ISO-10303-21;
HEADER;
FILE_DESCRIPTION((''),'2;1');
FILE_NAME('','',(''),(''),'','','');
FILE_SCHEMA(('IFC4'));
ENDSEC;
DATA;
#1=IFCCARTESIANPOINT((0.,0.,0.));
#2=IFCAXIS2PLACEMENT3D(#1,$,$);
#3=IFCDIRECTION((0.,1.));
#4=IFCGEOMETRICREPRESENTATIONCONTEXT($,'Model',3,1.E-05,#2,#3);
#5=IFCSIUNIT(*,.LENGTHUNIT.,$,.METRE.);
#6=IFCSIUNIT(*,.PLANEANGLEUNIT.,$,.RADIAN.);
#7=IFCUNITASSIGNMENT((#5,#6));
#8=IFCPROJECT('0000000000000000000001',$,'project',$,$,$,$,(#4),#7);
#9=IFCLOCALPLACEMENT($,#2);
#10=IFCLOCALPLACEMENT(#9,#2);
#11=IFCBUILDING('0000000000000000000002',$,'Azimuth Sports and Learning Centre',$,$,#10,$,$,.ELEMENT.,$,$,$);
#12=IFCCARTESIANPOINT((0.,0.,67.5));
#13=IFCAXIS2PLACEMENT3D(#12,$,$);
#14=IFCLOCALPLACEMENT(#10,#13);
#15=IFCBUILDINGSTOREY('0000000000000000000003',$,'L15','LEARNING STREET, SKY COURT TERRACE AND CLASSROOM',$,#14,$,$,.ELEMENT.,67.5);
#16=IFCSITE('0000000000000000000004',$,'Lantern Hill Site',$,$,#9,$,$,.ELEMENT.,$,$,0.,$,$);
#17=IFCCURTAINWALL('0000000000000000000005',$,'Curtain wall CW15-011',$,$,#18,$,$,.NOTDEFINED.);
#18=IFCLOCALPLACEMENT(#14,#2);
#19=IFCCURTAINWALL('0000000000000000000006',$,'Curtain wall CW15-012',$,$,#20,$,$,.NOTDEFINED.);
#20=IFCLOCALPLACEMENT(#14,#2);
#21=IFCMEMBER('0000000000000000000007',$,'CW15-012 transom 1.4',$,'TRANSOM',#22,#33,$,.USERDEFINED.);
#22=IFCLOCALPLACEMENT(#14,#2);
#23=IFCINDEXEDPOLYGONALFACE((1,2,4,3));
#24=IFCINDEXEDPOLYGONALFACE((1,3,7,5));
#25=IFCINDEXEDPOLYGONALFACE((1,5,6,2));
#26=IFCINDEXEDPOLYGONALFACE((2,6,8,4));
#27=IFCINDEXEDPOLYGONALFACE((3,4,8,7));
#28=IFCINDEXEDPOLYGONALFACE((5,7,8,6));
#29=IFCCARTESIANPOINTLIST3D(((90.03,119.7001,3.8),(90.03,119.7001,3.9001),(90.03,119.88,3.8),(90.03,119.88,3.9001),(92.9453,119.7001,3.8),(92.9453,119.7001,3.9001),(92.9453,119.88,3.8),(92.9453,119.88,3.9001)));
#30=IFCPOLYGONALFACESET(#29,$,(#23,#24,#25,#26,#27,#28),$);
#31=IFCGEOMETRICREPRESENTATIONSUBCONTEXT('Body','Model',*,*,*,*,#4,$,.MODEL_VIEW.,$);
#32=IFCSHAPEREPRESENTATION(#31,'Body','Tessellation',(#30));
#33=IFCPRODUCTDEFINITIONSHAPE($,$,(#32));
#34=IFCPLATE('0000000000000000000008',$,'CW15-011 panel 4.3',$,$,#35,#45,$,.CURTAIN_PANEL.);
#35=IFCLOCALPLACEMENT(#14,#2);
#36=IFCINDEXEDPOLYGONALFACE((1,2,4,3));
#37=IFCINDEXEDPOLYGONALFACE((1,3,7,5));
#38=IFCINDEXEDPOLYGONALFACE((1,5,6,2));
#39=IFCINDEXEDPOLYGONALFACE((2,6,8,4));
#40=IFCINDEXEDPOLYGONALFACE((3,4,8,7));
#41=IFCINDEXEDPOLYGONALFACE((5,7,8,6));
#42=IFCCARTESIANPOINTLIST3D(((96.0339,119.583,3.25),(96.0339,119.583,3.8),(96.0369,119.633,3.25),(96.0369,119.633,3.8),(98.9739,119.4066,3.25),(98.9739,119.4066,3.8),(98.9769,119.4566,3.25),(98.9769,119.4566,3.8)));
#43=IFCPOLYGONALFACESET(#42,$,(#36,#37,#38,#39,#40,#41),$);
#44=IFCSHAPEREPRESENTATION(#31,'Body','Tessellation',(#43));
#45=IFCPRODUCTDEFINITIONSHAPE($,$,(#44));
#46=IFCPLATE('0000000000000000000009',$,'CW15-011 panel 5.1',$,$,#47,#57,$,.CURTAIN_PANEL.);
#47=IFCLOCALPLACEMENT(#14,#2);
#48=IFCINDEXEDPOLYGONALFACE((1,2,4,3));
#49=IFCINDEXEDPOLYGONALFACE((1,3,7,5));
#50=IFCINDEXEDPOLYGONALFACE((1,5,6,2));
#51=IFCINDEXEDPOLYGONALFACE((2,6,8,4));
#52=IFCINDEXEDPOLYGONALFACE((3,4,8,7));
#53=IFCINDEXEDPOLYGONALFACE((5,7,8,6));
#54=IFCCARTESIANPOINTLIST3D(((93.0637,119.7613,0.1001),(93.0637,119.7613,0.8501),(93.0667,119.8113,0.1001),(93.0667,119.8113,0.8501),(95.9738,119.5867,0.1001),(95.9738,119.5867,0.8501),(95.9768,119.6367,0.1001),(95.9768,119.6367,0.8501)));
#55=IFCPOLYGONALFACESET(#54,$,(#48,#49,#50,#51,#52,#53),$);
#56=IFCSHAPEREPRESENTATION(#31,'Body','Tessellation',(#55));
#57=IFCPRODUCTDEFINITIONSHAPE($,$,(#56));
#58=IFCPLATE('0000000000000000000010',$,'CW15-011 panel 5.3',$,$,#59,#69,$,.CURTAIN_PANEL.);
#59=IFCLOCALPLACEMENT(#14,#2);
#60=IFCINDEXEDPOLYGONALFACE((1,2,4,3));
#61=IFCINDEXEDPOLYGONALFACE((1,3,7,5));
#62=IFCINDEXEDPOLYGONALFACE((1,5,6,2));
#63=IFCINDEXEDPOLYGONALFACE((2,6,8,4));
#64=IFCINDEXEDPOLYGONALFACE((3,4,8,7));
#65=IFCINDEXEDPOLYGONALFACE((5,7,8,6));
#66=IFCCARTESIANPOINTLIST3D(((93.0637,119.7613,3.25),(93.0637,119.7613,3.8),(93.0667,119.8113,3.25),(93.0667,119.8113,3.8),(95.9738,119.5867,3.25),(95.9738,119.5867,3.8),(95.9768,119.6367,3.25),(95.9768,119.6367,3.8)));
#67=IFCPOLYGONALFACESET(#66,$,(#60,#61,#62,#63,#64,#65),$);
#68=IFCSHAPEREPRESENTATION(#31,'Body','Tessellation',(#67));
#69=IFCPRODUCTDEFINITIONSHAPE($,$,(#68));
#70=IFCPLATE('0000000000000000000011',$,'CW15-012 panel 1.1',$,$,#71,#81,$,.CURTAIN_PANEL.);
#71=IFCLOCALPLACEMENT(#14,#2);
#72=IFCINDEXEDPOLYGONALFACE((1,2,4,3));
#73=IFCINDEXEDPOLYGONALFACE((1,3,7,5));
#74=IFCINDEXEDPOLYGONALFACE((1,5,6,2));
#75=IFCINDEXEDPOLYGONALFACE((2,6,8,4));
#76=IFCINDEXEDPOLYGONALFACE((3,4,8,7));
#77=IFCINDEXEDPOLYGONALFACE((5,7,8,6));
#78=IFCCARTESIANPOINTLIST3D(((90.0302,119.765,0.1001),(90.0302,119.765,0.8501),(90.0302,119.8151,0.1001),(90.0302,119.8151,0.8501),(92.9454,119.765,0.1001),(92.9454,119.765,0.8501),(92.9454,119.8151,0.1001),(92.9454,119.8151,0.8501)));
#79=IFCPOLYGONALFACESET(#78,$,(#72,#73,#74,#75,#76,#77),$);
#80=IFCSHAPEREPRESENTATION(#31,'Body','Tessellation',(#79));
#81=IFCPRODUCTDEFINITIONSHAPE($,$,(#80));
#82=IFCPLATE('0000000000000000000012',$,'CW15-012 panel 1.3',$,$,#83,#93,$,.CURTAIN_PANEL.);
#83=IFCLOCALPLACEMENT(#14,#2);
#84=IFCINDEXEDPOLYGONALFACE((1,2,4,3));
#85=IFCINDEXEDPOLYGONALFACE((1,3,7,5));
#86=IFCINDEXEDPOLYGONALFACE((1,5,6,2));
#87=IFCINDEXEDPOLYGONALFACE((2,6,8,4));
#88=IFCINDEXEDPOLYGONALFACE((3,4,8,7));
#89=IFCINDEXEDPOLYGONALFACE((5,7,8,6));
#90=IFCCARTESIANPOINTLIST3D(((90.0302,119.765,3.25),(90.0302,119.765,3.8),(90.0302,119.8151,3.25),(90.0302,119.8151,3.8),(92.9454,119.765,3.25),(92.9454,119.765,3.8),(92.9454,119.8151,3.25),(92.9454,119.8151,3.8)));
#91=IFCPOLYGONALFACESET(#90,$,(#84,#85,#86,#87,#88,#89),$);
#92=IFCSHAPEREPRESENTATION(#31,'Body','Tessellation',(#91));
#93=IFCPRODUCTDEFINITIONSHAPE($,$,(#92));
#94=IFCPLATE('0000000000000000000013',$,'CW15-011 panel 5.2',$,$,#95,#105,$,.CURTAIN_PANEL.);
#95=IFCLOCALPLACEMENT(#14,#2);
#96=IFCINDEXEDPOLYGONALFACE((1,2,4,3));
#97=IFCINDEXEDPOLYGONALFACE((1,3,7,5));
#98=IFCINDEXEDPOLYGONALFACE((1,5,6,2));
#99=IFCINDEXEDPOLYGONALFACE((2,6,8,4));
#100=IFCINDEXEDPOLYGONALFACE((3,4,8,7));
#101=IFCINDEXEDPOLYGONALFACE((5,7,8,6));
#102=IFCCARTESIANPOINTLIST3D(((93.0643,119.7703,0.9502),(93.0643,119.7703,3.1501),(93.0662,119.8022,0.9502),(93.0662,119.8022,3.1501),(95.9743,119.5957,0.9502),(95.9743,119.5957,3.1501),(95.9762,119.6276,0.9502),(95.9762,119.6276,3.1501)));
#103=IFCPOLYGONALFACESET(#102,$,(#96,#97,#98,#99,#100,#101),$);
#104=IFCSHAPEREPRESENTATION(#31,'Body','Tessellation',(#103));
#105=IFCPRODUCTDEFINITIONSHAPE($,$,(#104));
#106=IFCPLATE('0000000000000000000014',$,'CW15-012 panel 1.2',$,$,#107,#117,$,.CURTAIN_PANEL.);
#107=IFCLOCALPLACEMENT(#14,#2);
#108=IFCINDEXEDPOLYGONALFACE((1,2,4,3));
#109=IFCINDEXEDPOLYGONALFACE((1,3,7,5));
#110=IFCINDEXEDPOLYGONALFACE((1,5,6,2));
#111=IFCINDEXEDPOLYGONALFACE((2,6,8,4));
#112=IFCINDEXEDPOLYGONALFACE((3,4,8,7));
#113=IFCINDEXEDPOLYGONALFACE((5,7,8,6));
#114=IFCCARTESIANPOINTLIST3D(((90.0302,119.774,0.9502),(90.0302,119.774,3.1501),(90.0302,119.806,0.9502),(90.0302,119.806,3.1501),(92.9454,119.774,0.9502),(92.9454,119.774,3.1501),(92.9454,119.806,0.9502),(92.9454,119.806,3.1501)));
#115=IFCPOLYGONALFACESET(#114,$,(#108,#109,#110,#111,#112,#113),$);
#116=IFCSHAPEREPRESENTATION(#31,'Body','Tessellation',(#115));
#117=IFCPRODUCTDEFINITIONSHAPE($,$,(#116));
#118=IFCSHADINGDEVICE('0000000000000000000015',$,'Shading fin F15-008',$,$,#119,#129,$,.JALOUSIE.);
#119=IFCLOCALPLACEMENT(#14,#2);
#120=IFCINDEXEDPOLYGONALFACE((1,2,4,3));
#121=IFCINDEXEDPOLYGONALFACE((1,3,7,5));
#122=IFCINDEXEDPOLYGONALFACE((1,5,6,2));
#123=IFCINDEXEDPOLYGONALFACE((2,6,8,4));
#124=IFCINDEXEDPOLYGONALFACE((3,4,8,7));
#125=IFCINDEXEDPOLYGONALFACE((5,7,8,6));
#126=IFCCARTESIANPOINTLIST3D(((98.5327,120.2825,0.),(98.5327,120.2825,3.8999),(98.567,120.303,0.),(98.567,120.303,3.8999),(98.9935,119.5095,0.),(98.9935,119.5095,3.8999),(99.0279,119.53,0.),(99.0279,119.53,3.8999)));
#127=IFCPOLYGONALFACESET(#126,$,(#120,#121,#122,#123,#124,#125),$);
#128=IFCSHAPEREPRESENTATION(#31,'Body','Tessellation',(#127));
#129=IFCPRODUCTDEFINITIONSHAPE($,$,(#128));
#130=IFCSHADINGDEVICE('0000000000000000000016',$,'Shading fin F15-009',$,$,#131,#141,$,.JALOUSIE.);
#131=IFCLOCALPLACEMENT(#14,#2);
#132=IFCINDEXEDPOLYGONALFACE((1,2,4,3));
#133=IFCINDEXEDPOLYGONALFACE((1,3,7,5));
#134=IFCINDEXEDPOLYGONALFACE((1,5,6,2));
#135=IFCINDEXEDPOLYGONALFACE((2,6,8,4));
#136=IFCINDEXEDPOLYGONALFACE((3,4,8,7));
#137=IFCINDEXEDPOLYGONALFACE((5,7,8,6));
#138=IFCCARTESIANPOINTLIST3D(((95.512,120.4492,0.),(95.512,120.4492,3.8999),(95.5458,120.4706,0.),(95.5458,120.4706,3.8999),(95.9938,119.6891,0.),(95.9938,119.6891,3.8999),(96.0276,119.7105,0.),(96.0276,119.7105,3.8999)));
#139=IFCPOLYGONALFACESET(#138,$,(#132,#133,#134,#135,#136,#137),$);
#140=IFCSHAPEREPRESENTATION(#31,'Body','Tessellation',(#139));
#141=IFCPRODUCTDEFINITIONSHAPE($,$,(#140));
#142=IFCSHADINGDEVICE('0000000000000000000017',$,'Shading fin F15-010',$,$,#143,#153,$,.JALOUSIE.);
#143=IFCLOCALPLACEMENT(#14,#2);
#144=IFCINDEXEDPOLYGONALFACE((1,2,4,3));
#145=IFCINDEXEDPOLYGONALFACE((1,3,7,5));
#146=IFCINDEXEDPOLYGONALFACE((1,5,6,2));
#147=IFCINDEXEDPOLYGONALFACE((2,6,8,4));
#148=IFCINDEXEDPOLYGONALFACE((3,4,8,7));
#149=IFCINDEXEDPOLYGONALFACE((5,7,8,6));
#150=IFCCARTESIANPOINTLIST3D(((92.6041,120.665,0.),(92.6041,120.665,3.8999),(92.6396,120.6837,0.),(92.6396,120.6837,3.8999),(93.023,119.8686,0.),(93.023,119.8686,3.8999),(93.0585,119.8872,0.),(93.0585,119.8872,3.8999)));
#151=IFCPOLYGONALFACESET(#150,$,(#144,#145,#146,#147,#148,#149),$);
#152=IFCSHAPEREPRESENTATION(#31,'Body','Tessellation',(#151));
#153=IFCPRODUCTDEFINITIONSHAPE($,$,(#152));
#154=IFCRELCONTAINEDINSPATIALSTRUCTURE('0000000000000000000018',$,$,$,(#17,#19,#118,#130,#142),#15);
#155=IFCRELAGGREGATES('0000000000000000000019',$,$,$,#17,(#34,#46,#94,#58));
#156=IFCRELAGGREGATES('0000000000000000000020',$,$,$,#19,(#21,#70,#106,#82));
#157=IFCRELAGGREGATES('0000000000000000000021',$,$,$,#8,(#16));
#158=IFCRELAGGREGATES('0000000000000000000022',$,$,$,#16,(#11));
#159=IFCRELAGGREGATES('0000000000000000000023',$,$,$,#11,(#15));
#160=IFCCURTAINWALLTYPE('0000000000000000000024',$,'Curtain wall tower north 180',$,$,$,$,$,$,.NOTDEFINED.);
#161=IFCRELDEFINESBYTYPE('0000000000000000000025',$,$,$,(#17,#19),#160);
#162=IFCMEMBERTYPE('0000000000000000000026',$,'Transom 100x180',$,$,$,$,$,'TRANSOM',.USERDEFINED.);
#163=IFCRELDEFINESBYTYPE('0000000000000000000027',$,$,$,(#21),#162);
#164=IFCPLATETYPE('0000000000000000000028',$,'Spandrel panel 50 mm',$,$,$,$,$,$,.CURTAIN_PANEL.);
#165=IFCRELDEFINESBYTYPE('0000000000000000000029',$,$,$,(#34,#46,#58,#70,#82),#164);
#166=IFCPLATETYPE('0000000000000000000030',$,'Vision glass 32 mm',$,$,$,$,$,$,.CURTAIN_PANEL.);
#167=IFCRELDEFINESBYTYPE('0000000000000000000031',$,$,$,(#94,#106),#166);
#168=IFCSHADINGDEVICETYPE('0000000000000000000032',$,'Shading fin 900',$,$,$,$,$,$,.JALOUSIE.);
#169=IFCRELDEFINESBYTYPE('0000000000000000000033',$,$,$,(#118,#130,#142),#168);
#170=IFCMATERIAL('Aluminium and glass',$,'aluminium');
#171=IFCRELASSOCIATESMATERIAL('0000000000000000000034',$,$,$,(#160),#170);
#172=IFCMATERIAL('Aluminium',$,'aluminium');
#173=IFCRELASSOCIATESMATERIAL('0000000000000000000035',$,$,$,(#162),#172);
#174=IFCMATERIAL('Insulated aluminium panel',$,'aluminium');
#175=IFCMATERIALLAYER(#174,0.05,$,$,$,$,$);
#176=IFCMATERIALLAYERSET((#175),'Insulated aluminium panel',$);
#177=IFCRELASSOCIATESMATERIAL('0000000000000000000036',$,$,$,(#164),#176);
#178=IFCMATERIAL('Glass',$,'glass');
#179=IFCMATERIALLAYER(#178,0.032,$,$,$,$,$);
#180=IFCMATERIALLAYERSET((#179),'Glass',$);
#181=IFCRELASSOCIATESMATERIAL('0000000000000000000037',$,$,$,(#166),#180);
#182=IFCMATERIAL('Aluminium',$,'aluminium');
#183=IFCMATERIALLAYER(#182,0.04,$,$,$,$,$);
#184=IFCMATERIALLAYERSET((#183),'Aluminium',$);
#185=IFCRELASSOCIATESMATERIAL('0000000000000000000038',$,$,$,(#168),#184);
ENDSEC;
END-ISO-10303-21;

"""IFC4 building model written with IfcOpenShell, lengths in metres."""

from ifc_helpers import new_model, si_unit, direction, frame, origin, origin_2d, place, context, subcontext, project, spatial, rectangle, extrude, material, layer, layer_set, material_profile, profile_set, type_object, element, aggregate, save


model = new_model("IFC4")

# Units and contexts
model_context = context("Model", 3, precision=1e-05, world=origin(), true_north=direction((0.0, 1.0)))
body_context = subcontext(model_context, "Body", "Model", "MODEL_VIEW")
ifc_project = project(units=[si_unit("LENGTHUNIT", "METRE"), si_unit("PLANEANGLEUNIT", "RADIAN")], contexts=[model_context])

# Site, building, storey
site_placement = place(None, origin())
site = spatial("IfcSite", under=ifc_project, at=site_placement, Name="Lantern Hill Site", CompositionType="ELEMENT", RefElevation=0.0)
building_placement = place(site_placement, origin())
building = spatial("IfcBuilding", under=site, at=building_placement, Name="Azimuth Sports and Learning Centre", CompositionType="ELEMENT")
storey_placement = place(building_placement, frame((0.0, 0.0, 67.5)))
storey = spatial("IfcBuildingStorey", under=building, at=storey_placement, Name="L15", Description="LEARNING STREET, SKY COURT TERRACE AND CLASSROOM", CompositionType="ELEMENT", Elevation=67.5)

# Curtain wall
ifc_material_1 = material(Name="Aluminium and glass", Category="aluminium")
curtain_wall_type = type_object("IfcCurtainWallType", Name="Curtain wall tower north 180", PredefinedType="NOTDEFINED", material=ifc_material_1)
curtain_wall_1_placement = place(storey_placement, origin())
curtain_wall_1 = element("IfcCurtainWall", 1, at=curtain_wall_1_placement, inside=storey, type_object=curtain_wall_type, Name="Curtain wall CW15-011", PredefinedType="NOTDEFINED")

# Curtain wall
curtain_wall_2_placement = place(storey_placement, origin())
curtain_wall_2 = element("IfcCurtainWall", 2, at=curtain_wall_2_placement, inside=storey, type_object=curtain_wall_type, Name="Curtain wall CW15-012", PredefinedType="NOTDEFINED")

# Member
ifc_material_2 = material(Name="Aluminium", Category="aluminium")
ifc_material_profile_1 = material_profile(ifc_material_2, rectangle(XDim=0.1799, YDim=0.1001, at=origin_2d()), Name="Transom 100x180")
ifc_profile_set_1 = profile_set([ifc_material_profile_1], Name="Aluminium")
member_type_1 = type_object("IfcMemberType", Name="Transom 100x180", ElementType="TRANSOM", PredefinedType="USERDEFINED", material=ifc_profile_set_1)
member_1_placement = place(storey_placement, frame((92.9453, 119.79, 3.8501), z_axis=(-1.0, 0.0, 0.0), x_axis=(0.0, -1.0, 0.0)))
member_1 = element("IfcMember", 3, at=member_1_placement, type_object=member_type_1, Name="CW15-012 transom 1.4", ObjectType="TRANSOM", PredefinedType="USERDEFINED", context=body_context, shape_type="SweptSolid", body=[
    extrude(rectangle(XDim=0.1799, YDim=0.1001, at=origin_2d()), origin(), (0.0, 0.0, 1.0), 2.9153),
])

# Plates
ifc_material_3 = material(Name="Insulated aluminium panel", Category="aluminium")
ifc_layer_1 = layer(ifc_material_3, 0.05)
ifc_layer_set_1 = layer_set([ifc_layer_1], Name="Insulated aluminium panel")
plate_type_1 = type_object("IfcPlateType", Name="Spandrel panel 50 mm", PredefinedType="CURTAIN_PANEL", material=ifc_layer_set_1)
plate_1_placement = place(storey_placement, frame((97.5054, 119.5198, 3.25), z_axis=(0.0, 0.0, 1.0), x_axis=(-0.998205, 0.059892, 0.0)))
plate_1 = element("IfcPlate", 4, at=plate_1_placement, type_object=plate_type_1, Name="CW15-011 panel 4.3", PredefinedType="CURTAIN_PANEL", context=body_context, shape_type="SweptSolid", body=[
    extrude(rectangle(XDim=2.9453, YDim=0.05, at=origin_2d()), origin(), (0.0, 0.0, 1.0), 0.55),
])
plate_2_placement = place(storey_placement, frame((94.5203, 119.699, 0.1001), z_axis=(0.0, 0.0, 1.0), x_axis=(-0.998205, 0.059892, 0.0)))
plate_2 = element("IfcPlate", 5, at=plate_2_placement, type_object=plate_type_1, Name="CW15-011 panel 5.1", PredefinedType="CURTAIN_PANEL", context=body_context, shape_type="SweptSolid", body=[
    extrude(rectangle(XDim=2.9153, YDim=0.05, at=origin_2d()), origin(), (0.0, 0.0, 1.0), 0.75),
])
plate_3_placement = place(storey_placement, frame((94.5203, 119.699, 3.25), z_axis=(0.0, 0.0, 1.0), x_axis=(-0.998205, 0.059892, 0.0)))
plate_3 = element("IfcPlate", 6, at=plate_3_placement, type_object=plate_type_1, Name="CW15-011 panel 5.3", PredefinedType="CURTAIN_PANEL", context=body_context, shape_type="SweptSolid", body=[
    extrude(rectangle(XDim=2.9153, YDim=0.05, at=origin_2d()), origin(), (0.0, 0.0, 1.0), 0.55),
])
plate_4_placement = place(storey_placement, frame((91.4878, 119.79, 0.1001), z_axis=(0.0, 0.0, 1.0), x_axis=(-1.0, 0.0, 0.0)))
plate_4 = element("IfcPlate", 7, at=plate_4_placement, type_object=plate_type_1, Name="CW15-012 panel 1.1", PredefinedType="CURTAIN_PANEL", context=body_context, shape_type="SweptSolid", body=[
    extrude(rectangle(XDim=2.9153, YDim=0.05, at=origin_2d()), origin(), (0.0, 0.0, 1.0), 0.75),
])
plate_5_placement = place(storey_placement, frame((91.4878, 119.79, 3.25), z_axis=(0.0, 0.0, 1.0), x_axis=(-1.0, 0.0, 0.0)))
plate_5 = element("IfcPlate", 8, at=plate_5_placement, type_object=plate_type_1, Name="CW15-012 panel 1.3", PredefinedType="CURTAIN_PANEL", context=body_context, shape_type="SweptSolid", body=[
    extrude(rectangle(XDim=2.9153, YDim=0.05, at=origin_2d()), origin(), (0.0, 0.0, 1.0), 0.55),
])
ifc_material_4 = material(Name="Glass", Category="glass")
ifc_layer_2 = layer(ifc_material_4, 0.032)
ifc_layer_set_2 = layer_set([ifc_layer_2], Name="Glass")
plate_type_2 = type_object("IfcPlateType", Name="Vision glass 32 mm", PredefinedType="CURTAIN_PANEL", material=ifc_layer_set_2)
plate_6_placement = place(storey_placement, frame((94.5203, 119.699, 0.9502), z_axis=(0.0, 0.0, 1.0), x_axis=(-0.998205, 0.059892, 0.0)))
plate_6 = element("IfcPlate", 9, at=plate_6_placement, type_object=plate_type_2, Name="CW15-011 panel 5.2", PredefinedType="CURTAIN_PANEL", context=body_context, shape_type="SweptSolid", body=[
    extrude(rectangle(XDim=2.9153, YDim=0.032, at=origin_2d()), origin(), (0.0, 0.0, 1.0), 2.2),
])
aggregate(curtain_wall_1, [plate_1, plate_2, plate_6, plate_3])
plate_7_placement = place(storey_placement, frame((91.4878, 119.79, 0.9502), z_axis=(0.0, 0.0, 1.0), x_axis=(-1.0, 0.0, 0.0)))
plate_7 = element("IfcPlate", 10, at=plate_7_placement, type_object=plate_type_2, Name="CW15-012 panel 1.2", PredefinedType="CURTAIN_PANEL", context=body_context, shape_type="SweptSolid", body=[
    extrude(rectangle(XDim=2.9153, YDim=0.032, at=origin_2d()), origin(), (0.0, 0.0, 1.0), 2.2),
])
aggregate(curtain_wall_2, [member_1, plate_4, plate_7, plate_5])

# Shading devices
ifc_material_5 = material(Name="Aluminium", Category="aluminium")
ifc_layer_3 = layer(ifc_material_5, 0.04)
ifc_layer_set_3 = layer_set([ifc_layer_3], Name="Aluminium")
shading_device_type = type_object("IfcShadingDeviceType", Name="Shading fin 900", PredefinedType="JALOUSIE", material=ifc_layer_set_3)
for number, where, z_axis, x_axis, name in (
    (11, (98.7803, 119.9062, 0.0), (0.0, 0.0, 1.0), (-0.512109, 0.85892, 0.0), "Shading fin F15-008"),
    (12, (95.7698, 120.0798, 0.0), (0.0, 0.0, 1.0), (-0.535372, 0.844616, 0.0), "Shading fin F15-009"),
    (13, (92.8313, 120.2761, 0.0), (0.0, 0.0, 1.0), (-0.465511, 0.885042, 0.0), "Shading fin F15-010"),
):
    element("IfcShadingDevice", number, at=place(storey_placement, frame(where, z_axis=z_axis, x_axis=x_axis)), inside=storey, type_object=shading_device_type, Name=name, PredefinedType="JALOUSIE", context=body_context, shape_type="SweptSolid", body=[
        extrude(rectangle(XDim=0.8999, YDim=0.04, at=origin_2d()), origin(), (0.0, 0.0, 1.0), 3.8999),
    ])

save(model, "model.ifc")
